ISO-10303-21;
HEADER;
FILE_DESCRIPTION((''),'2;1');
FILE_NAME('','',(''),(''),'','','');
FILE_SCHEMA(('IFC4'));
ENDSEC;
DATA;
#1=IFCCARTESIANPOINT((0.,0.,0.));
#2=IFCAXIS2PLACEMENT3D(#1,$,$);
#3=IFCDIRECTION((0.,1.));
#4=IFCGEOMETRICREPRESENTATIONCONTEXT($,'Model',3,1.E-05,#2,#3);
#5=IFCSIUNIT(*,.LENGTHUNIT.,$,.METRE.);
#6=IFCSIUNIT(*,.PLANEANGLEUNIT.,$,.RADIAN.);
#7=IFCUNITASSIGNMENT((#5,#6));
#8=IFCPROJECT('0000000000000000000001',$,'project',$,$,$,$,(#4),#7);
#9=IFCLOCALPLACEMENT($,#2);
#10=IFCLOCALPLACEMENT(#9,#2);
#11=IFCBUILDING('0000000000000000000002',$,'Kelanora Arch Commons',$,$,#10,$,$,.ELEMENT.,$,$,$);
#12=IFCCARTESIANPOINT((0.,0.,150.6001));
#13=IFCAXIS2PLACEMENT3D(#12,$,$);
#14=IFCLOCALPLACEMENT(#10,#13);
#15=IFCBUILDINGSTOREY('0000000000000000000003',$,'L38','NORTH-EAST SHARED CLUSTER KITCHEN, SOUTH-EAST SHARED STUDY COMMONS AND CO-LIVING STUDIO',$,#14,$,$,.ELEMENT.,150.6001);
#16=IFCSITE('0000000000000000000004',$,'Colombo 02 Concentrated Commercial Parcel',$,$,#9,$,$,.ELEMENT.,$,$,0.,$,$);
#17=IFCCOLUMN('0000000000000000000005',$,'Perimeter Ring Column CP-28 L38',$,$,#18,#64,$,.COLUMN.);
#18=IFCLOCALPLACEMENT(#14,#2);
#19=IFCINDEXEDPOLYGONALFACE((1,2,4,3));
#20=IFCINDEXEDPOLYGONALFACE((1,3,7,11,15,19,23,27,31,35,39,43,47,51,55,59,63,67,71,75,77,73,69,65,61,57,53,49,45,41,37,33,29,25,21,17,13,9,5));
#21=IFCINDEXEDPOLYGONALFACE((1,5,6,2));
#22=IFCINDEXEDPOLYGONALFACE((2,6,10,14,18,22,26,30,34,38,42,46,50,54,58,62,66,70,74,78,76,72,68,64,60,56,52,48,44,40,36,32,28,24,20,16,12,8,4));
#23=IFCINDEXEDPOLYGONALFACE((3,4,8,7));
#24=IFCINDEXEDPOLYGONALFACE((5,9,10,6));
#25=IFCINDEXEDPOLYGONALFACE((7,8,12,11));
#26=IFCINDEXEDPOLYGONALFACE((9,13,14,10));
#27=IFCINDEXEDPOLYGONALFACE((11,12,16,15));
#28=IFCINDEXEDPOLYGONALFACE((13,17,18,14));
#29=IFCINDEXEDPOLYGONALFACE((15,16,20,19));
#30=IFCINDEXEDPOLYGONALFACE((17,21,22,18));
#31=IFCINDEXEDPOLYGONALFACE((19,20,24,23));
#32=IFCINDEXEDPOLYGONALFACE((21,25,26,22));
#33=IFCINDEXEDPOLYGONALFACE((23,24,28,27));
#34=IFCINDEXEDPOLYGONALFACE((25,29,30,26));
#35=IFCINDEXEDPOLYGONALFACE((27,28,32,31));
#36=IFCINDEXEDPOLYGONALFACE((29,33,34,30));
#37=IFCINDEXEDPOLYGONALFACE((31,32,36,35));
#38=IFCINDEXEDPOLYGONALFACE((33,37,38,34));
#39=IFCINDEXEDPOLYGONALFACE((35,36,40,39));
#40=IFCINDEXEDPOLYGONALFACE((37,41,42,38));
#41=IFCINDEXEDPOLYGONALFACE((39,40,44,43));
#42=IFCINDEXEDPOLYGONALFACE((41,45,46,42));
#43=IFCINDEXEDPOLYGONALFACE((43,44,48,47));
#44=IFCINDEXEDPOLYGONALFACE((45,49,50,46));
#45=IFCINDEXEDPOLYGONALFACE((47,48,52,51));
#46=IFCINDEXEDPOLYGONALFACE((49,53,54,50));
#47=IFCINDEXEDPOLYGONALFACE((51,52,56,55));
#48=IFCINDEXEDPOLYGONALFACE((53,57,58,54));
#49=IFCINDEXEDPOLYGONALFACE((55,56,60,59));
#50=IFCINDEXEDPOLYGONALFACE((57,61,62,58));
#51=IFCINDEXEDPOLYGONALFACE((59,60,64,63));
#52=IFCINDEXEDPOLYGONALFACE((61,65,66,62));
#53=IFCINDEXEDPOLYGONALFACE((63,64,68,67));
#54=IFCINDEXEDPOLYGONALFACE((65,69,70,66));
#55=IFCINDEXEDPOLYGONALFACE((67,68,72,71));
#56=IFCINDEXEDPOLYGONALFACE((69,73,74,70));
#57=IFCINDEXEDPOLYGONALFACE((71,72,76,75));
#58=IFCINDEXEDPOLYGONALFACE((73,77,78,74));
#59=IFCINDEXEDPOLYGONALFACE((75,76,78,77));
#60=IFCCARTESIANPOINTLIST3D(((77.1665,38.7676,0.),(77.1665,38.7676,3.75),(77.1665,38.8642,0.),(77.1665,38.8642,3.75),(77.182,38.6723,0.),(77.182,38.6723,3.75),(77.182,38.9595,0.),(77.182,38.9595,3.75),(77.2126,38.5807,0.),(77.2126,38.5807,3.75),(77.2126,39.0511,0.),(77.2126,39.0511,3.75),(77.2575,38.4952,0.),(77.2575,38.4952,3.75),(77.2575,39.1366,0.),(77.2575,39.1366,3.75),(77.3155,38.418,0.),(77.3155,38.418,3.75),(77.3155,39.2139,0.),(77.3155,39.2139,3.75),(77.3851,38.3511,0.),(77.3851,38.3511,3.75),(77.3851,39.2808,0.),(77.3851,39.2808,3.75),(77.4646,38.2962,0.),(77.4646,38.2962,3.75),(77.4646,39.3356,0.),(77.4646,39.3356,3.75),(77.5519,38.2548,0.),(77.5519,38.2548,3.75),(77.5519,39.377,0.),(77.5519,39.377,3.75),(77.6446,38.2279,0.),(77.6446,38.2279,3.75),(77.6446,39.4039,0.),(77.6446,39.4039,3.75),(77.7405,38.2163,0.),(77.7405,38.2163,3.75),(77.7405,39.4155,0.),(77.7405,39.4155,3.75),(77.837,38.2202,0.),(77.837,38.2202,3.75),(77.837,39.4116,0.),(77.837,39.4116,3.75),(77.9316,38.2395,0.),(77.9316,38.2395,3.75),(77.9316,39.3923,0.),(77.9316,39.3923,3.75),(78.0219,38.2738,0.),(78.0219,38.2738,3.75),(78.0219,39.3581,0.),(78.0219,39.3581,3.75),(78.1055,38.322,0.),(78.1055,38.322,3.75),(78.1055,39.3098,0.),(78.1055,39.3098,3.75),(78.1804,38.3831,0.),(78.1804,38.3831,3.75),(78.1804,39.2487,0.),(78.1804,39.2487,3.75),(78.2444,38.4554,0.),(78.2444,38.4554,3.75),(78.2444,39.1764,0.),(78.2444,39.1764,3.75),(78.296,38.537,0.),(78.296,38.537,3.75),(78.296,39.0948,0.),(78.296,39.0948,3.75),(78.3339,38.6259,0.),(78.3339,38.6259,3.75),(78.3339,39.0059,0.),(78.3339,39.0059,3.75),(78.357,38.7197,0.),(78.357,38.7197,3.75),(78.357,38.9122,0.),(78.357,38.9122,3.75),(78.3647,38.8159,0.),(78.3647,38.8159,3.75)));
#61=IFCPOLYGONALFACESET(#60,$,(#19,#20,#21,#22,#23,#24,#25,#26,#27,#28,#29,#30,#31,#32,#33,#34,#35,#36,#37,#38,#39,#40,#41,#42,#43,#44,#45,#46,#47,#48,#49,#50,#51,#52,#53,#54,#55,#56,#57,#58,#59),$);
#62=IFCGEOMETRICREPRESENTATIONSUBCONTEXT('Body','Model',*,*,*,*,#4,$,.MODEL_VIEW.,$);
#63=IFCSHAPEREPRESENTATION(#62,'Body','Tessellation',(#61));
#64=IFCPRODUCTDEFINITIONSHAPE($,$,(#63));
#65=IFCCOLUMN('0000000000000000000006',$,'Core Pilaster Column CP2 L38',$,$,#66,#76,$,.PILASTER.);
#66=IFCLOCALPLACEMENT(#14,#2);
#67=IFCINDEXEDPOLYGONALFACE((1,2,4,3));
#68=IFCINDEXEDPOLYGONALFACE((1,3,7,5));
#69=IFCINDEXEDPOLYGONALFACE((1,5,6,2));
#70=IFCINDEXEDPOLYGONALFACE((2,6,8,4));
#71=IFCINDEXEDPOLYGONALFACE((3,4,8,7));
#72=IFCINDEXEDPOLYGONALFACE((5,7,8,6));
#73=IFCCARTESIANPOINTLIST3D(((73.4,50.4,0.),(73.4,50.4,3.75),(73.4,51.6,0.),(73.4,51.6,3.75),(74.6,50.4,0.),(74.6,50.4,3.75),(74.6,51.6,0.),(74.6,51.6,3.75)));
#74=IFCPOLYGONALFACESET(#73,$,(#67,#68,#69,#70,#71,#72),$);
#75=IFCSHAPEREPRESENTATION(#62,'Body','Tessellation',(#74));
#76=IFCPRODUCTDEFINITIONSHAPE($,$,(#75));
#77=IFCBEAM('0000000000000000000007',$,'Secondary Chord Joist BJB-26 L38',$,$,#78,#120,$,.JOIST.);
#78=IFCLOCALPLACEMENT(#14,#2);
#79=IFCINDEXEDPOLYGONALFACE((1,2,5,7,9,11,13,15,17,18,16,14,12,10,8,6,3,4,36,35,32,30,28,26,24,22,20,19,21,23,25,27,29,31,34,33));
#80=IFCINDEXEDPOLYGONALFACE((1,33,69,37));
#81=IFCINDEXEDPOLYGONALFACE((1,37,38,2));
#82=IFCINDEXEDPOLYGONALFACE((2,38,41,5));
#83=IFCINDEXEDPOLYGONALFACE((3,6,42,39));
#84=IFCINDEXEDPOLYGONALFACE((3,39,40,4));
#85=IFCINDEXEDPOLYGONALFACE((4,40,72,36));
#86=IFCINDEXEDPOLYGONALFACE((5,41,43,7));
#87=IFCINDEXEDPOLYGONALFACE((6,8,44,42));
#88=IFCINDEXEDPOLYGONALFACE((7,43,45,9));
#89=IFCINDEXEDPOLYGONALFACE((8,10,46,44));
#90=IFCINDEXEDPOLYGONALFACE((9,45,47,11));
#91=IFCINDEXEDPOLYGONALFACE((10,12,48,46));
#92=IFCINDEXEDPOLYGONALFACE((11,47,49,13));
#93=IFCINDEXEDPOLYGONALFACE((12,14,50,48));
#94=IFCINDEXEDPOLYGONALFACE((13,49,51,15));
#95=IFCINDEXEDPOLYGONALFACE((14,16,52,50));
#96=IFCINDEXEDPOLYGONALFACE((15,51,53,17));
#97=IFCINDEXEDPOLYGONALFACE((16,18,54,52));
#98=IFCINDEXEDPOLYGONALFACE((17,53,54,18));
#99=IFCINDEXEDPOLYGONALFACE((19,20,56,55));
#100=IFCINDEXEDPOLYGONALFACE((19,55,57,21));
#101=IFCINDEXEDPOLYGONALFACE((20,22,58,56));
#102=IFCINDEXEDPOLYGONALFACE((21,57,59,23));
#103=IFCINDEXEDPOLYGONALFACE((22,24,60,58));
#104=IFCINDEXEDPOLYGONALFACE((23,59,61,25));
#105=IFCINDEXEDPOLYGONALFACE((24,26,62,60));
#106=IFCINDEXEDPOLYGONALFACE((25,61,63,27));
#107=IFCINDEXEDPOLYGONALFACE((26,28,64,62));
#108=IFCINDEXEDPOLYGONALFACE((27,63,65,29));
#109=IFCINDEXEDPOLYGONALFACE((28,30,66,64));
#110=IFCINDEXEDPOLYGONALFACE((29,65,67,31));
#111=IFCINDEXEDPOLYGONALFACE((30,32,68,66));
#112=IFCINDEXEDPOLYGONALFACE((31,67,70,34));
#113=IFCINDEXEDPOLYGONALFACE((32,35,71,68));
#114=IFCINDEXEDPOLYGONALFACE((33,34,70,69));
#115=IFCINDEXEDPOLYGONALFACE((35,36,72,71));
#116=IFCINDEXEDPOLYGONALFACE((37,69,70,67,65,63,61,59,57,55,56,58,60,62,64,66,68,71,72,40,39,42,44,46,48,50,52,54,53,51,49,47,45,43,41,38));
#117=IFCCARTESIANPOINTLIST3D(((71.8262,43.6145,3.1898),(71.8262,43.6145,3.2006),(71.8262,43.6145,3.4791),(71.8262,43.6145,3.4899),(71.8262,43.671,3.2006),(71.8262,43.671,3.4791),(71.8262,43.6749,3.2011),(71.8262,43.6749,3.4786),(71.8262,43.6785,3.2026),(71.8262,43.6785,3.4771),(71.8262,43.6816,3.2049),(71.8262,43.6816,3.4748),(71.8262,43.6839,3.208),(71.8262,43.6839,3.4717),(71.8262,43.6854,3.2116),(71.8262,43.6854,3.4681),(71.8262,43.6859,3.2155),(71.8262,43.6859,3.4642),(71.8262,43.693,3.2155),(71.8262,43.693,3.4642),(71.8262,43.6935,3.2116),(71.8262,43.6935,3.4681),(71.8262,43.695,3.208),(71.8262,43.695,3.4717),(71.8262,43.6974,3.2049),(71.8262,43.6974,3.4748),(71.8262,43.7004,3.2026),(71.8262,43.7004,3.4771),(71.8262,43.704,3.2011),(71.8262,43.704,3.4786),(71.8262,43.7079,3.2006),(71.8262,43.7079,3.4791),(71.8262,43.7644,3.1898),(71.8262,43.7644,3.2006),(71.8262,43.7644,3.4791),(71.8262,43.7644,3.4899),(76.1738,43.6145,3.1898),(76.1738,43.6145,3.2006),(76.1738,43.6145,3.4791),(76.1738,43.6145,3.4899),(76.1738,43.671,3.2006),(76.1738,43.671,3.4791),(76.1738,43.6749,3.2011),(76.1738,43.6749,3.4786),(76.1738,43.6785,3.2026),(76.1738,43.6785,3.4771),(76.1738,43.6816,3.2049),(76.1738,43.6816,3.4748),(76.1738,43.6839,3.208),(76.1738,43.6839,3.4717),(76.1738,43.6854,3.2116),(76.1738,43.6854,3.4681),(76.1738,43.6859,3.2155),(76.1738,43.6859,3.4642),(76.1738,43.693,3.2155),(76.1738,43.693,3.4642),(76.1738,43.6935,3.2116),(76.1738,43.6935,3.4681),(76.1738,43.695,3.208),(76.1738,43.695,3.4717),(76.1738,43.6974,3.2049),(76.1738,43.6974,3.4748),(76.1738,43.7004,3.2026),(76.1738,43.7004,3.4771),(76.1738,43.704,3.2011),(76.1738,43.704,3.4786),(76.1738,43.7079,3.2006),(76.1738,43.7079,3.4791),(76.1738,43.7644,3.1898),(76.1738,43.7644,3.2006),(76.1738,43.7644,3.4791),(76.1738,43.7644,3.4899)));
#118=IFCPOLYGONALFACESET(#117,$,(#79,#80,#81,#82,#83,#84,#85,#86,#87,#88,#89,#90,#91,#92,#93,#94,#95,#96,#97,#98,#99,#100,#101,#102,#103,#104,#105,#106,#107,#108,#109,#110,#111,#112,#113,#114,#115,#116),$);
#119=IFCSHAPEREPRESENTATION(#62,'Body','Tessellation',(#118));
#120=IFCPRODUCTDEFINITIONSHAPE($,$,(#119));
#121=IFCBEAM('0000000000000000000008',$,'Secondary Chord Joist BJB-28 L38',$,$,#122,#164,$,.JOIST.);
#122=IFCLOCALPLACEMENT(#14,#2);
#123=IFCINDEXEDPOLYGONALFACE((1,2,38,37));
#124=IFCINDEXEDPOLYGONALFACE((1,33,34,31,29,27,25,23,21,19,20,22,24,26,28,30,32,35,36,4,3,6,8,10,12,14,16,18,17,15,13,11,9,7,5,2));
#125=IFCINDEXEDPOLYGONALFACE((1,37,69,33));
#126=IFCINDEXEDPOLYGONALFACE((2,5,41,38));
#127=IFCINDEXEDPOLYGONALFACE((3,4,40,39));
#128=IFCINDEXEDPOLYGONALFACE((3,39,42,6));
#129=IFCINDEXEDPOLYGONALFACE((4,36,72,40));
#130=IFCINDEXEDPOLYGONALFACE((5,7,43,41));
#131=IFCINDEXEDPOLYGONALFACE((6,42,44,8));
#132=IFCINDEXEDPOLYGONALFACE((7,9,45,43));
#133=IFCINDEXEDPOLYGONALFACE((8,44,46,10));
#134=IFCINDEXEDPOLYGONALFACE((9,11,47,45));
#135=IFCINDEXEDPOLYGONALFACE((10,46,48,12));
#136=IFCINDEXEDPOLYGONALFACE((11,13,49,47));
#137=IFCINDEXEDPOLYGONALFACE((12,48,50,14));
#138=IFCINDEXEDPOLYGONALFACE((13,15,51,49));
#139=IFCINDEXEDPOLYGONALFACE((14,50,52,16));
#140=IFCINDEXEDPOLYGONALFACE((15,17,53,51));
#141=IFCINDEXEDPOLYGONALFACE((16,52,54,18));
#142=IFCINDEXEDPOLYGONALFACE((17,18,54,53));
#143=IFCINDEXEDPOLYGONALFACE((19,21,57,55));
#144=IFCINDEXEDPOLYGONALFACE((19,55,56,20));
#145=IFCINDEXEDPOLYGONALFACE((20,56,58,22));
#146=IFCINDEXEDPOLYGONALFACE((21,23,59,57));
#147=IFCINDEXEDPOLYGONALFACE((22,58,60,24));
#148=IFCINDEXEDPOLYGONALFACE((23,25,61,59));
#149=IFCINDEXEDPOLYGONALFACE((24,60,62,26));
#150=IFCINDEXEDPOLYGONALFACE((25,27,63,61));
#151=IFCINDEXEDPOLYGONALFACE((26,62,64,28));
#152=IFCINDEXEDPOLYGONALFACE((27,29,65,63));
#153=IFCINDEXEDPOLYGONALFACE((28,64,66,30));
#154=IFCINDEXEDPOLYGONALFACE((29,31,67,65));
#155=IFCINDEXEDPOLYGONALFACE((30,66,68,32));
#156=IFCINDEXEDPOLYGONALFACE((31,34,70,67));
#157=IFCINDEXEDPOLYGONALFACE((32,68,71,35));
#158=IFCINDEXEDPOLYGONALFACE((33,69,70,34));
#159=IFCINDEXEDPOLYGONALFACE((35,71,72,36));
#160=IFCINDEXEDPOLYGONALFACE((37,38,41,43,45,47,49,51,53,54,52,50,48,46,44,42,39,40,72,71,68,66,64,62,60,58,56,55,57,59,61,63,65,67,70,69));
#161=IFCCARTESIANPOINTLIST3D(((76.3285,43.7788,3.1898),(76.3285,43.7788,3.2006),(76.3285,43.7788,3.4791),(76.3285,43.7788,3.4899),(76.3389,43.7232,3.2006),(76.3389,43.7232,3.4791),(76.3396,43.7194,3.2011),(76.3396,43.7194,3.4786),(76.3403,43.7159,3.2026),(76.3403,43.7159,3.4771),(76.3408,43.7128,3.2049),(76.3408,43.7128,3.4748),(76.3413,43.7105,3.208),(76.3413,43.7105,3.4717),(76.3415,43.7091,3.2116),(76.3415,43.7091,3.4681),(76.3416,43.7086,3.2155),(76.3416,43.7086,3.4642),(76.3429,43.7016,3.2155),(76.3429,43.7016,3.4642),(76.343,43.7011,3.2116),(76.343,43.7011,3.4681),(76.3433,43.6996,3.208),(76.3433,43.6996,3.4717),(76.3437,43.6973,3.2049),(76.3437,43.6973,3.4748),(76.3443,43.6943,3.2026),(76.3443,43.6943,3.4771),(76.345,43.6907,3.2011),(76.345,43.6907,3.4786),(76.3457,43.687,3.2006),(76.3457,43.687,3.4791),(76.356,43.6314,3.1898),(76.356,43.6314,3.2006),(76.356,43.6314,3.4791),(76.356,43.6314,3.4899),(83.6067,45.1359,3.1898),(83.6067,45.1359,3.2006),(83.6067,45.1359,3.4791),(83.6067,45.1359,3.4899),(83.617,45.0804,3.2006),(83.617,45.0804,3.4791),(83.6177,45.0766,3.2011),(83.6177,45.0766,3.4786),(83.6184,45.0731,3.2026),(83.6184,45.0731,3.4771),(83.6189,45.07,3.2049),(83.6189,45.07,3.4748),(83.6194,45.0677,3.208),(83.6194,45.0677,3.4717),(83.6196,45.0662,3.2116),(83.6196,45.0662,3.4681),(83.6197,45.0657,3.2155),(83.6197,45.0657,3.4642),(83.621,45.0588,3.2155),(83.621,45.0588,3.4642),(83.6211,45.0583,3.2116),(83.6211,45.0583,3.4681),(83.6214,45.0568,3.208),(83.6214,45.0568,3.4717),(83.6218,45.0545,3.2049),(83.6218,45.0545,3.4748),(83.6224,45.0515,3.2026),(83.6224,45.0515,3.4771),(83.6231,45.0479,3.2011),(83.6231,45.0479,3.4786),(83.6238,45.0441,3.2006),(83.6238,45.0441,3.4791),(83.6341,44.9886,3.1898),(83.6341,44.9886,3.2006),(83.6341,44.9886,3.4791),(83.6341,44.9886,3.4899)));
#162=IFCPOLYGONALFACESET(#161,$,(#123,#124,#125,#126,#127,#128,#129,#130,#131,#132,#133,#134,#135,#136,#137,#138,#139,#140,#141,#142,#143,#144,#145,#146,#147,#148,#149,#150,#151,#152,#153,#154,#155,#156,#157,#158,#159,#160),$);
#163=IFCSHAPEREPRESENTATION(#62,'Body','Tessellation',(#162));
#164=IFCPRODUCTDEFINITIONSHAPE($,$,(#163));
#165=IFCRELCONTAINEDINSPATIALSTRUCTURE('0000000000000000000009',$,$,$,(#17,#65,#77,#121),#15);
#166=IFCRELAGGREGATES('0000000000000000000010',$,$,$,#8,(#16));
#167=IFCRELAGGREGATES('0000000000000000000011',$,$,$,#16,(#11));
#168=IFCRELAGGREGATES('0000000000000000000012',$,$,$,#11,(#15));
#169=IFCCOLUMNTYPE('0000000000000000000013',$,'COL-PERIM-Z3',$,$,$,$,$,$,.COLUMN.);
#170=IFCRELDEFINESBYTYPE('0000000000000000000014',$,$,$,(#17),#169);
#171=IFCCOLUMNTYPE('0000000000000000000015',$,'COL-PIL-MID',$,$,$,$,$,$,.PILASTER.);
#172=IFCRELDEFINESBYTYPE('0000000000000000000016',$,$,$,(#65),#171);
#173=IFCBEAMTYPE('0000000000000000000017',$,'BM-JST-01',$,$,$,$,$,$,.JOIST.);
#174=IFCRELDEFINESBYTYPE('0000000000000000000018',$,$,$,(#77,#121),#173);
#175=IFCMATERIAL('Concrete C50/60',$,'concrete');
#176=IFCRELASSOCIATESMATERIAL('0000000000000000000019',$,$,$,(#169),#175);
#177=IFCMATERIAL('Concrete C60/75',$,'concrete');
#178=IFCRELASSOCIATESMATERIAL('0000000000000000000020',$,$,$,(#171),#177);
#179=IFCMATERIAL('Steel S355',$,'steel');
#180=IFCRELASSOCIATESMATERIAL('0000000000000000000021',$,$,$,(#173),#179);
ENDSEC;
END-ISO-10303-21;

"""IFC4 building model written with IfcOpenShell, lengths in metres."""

from ifc_helpers import new_model, si_unit, direction, frame, origin, origin_2d, place, context, subcontext, project, spatial, rectangle, circle, i_section, extrude, material, material_profile, profile_set, type_object, element, save


model = new_model("IFC4")

# Units and contexts
model_context = context("Model", 3, precision=1e-05, world=origin(), true_north=direction((0.0, 1.0)))
body_context = subcontext(model_context, "Body", "Model", "MODEL_VIEW")
ifc_project = project(units=[si_unit("LENGTHUNIT", "METRE"), si_unit("PLANEANGLEUNIT", "RADIAN")], contexts=[model_context])

# Site, building, storey
site_placement = place(None, origin())
site = spatial("IfcSite", under=ifc_project, at=site_placement, Name="Colombo 02 Concentrated Commercial Parcel", CompositionType="ELEMENT", RefElevation=0.0)
building_placement = place(site_placement, origin())
building = spatial("IfcBuilding", under=site, at=building_placement, Name="Kelanora Arch Commons", CompositionType="ELEMENT")
storey_placement = place(building_placement, frame((0.0, 0.0, 150.6001)))
storey = spatial("IfcBuildingStorey", under=building, at=storey_placement, Name="L38", Description="NORTH-EAST SHARED CLUSTER KITCHEN, SOUTH-EAST SHARED STUDY COMMONS AND CO-LIVING STUDIO", CompositionType="ELEMENT", Elevation=150.6001)

# Columns
ifc_material_1 = material(Name="Concrete C50/60", Category="concrete")
ifc_material_profile_1 = material_profile(ifc_material_1, circle(Radius=0.6001, at=origin_2d()), Name="RCC1200")
ifc_profile_set_1 = profile_set([ifc_material_profile_1], Name="Concrete C50/60")
column_type_1 = type_object("IfcColumnType", Name="COL-PERIM-Z3", PredefinedType="COLUMN", material=ifc_profile_set_1)
column_1_placement = place(storey_placement, frame((77.7646, 38.8159, 0.0), z_axis=(0.0, 0.0, 1.0), x_axis=(1.0, 0.0, 0.0)))
element("IfcColumn", 1, at=column_1_placement, inside=storey, type_object=column_type_1, Name="Perimeter Ring Column CP-28 L38", PredefinedType="COLUMN", context=body_context, shape_type="SweptSolid", body=[
    extrude(circle(Radius=0.6001, at=origin_2d()), origin(), (0.0, 0.0, 1.0), 3.75),
])
ifc_material_2 = material(Name="Concrete C60/75", Category="concrete")
ifc_material_profile_2 = material_profile(ifc_material_2, rectangle(XDim=1.2, YDim=1.2, at=origin_2d()), Name="RC1200x1200")
ifc_profile_set_2 = profile_set([ifc_material_profile_2], Name="Concrete C60/75")
column_type_2 = type_object("IfcColumnType", Name="COL-PIL-MID", PredefinedType="PILASTER", material=ifc_profile_set_2)
column_2_placement = place(storey_placement, frame((74.0, 51.0, 0.0), z_axis=(0.0, 0.0, 1.0), x_axis=(1.0, 0.0, 0.0)))
element("IfcColumn", 2, at=column_2_placement, inside=storey, type_object=column_type_2, Name="Core Pilaster Column CP2 L38", PredefinedType="PILASTER", context=body_context, shape_type="SweptSolid", body=[
    extrude(rectangle(XDim=1.2, YDim=1.2, at=origin_2d()), origin(), (0.0, 0.0, 1.0), 3.75),
])

# Beams
ifc_material_3 = material(Name="Steel S355", Category="steel")
ifc_material_profile_3 = material_profile(ifc_material_3, i_section(OverallWidth=0.1499, OverallDepth=0.3, WebThickness=0.0071, FlangeThickness=0.0107, FilletRadius=0.0149, at=origin_2d()), Name="IPE300")
ifc_profile_set_3 = profile_set([ifc_material_profile_3], Name="Steel S355")
beam_type_1 = type_object("IfcBeamType", Name="BM-JST-01", PredefinedType="JOIST", material=ifc_profile_set_3)
beam_1_placement = place(storey_placement, frame((71.8262, 43.6895, 3.3398), z_axis=(1.0, 0.0, 0.0), x_axis=(0.0, 1.0, 0.0)))
element("IfcBeam", 3, at=beam_1_placement, inside=storey, type_object=beam_type_1, Name="Secondary Chord Joist BJB-26 L38", PredefinedType="JOIST", context=body_context, shape_type="SweptSolid", body=[
    extrude(i_section(OverallWidth=0.1499, OverallDepth=0.3, WebThickness=0.0071, FlangeThickness=0.0107, FilletRadius=0.0149, at=origin_2d()), origin(), (0.0, 0.0, 1.0), 4.3477),
])
beam_2_placement = place(storey_placement, frame((76.3423, 43.7051, 3.3398), z_axis=(0.983054, 0.183315, 0.0), x_axis=(-0.183315, 0.983054, 0.0)))
element("IfcBeam", 4, at=beam_2_placement, inside=storey, type_object=beam_type_1, Name="Secondary Chord Joist BJB-28 L38", PredefinedType="JOIST", context=body_context, shape_type="SweptSolid", body=[
    extrude(i_section(OverallWidth=0.1499, OverallDepth=0.3, WebThickness=0.0071, FlangeThickness=0.0107, FilletRadius=0.0149, at=origin_2d()), origin(), (0.0, 0.0, 1.0), 7.4036),
])

save(model, "model.ifc")
